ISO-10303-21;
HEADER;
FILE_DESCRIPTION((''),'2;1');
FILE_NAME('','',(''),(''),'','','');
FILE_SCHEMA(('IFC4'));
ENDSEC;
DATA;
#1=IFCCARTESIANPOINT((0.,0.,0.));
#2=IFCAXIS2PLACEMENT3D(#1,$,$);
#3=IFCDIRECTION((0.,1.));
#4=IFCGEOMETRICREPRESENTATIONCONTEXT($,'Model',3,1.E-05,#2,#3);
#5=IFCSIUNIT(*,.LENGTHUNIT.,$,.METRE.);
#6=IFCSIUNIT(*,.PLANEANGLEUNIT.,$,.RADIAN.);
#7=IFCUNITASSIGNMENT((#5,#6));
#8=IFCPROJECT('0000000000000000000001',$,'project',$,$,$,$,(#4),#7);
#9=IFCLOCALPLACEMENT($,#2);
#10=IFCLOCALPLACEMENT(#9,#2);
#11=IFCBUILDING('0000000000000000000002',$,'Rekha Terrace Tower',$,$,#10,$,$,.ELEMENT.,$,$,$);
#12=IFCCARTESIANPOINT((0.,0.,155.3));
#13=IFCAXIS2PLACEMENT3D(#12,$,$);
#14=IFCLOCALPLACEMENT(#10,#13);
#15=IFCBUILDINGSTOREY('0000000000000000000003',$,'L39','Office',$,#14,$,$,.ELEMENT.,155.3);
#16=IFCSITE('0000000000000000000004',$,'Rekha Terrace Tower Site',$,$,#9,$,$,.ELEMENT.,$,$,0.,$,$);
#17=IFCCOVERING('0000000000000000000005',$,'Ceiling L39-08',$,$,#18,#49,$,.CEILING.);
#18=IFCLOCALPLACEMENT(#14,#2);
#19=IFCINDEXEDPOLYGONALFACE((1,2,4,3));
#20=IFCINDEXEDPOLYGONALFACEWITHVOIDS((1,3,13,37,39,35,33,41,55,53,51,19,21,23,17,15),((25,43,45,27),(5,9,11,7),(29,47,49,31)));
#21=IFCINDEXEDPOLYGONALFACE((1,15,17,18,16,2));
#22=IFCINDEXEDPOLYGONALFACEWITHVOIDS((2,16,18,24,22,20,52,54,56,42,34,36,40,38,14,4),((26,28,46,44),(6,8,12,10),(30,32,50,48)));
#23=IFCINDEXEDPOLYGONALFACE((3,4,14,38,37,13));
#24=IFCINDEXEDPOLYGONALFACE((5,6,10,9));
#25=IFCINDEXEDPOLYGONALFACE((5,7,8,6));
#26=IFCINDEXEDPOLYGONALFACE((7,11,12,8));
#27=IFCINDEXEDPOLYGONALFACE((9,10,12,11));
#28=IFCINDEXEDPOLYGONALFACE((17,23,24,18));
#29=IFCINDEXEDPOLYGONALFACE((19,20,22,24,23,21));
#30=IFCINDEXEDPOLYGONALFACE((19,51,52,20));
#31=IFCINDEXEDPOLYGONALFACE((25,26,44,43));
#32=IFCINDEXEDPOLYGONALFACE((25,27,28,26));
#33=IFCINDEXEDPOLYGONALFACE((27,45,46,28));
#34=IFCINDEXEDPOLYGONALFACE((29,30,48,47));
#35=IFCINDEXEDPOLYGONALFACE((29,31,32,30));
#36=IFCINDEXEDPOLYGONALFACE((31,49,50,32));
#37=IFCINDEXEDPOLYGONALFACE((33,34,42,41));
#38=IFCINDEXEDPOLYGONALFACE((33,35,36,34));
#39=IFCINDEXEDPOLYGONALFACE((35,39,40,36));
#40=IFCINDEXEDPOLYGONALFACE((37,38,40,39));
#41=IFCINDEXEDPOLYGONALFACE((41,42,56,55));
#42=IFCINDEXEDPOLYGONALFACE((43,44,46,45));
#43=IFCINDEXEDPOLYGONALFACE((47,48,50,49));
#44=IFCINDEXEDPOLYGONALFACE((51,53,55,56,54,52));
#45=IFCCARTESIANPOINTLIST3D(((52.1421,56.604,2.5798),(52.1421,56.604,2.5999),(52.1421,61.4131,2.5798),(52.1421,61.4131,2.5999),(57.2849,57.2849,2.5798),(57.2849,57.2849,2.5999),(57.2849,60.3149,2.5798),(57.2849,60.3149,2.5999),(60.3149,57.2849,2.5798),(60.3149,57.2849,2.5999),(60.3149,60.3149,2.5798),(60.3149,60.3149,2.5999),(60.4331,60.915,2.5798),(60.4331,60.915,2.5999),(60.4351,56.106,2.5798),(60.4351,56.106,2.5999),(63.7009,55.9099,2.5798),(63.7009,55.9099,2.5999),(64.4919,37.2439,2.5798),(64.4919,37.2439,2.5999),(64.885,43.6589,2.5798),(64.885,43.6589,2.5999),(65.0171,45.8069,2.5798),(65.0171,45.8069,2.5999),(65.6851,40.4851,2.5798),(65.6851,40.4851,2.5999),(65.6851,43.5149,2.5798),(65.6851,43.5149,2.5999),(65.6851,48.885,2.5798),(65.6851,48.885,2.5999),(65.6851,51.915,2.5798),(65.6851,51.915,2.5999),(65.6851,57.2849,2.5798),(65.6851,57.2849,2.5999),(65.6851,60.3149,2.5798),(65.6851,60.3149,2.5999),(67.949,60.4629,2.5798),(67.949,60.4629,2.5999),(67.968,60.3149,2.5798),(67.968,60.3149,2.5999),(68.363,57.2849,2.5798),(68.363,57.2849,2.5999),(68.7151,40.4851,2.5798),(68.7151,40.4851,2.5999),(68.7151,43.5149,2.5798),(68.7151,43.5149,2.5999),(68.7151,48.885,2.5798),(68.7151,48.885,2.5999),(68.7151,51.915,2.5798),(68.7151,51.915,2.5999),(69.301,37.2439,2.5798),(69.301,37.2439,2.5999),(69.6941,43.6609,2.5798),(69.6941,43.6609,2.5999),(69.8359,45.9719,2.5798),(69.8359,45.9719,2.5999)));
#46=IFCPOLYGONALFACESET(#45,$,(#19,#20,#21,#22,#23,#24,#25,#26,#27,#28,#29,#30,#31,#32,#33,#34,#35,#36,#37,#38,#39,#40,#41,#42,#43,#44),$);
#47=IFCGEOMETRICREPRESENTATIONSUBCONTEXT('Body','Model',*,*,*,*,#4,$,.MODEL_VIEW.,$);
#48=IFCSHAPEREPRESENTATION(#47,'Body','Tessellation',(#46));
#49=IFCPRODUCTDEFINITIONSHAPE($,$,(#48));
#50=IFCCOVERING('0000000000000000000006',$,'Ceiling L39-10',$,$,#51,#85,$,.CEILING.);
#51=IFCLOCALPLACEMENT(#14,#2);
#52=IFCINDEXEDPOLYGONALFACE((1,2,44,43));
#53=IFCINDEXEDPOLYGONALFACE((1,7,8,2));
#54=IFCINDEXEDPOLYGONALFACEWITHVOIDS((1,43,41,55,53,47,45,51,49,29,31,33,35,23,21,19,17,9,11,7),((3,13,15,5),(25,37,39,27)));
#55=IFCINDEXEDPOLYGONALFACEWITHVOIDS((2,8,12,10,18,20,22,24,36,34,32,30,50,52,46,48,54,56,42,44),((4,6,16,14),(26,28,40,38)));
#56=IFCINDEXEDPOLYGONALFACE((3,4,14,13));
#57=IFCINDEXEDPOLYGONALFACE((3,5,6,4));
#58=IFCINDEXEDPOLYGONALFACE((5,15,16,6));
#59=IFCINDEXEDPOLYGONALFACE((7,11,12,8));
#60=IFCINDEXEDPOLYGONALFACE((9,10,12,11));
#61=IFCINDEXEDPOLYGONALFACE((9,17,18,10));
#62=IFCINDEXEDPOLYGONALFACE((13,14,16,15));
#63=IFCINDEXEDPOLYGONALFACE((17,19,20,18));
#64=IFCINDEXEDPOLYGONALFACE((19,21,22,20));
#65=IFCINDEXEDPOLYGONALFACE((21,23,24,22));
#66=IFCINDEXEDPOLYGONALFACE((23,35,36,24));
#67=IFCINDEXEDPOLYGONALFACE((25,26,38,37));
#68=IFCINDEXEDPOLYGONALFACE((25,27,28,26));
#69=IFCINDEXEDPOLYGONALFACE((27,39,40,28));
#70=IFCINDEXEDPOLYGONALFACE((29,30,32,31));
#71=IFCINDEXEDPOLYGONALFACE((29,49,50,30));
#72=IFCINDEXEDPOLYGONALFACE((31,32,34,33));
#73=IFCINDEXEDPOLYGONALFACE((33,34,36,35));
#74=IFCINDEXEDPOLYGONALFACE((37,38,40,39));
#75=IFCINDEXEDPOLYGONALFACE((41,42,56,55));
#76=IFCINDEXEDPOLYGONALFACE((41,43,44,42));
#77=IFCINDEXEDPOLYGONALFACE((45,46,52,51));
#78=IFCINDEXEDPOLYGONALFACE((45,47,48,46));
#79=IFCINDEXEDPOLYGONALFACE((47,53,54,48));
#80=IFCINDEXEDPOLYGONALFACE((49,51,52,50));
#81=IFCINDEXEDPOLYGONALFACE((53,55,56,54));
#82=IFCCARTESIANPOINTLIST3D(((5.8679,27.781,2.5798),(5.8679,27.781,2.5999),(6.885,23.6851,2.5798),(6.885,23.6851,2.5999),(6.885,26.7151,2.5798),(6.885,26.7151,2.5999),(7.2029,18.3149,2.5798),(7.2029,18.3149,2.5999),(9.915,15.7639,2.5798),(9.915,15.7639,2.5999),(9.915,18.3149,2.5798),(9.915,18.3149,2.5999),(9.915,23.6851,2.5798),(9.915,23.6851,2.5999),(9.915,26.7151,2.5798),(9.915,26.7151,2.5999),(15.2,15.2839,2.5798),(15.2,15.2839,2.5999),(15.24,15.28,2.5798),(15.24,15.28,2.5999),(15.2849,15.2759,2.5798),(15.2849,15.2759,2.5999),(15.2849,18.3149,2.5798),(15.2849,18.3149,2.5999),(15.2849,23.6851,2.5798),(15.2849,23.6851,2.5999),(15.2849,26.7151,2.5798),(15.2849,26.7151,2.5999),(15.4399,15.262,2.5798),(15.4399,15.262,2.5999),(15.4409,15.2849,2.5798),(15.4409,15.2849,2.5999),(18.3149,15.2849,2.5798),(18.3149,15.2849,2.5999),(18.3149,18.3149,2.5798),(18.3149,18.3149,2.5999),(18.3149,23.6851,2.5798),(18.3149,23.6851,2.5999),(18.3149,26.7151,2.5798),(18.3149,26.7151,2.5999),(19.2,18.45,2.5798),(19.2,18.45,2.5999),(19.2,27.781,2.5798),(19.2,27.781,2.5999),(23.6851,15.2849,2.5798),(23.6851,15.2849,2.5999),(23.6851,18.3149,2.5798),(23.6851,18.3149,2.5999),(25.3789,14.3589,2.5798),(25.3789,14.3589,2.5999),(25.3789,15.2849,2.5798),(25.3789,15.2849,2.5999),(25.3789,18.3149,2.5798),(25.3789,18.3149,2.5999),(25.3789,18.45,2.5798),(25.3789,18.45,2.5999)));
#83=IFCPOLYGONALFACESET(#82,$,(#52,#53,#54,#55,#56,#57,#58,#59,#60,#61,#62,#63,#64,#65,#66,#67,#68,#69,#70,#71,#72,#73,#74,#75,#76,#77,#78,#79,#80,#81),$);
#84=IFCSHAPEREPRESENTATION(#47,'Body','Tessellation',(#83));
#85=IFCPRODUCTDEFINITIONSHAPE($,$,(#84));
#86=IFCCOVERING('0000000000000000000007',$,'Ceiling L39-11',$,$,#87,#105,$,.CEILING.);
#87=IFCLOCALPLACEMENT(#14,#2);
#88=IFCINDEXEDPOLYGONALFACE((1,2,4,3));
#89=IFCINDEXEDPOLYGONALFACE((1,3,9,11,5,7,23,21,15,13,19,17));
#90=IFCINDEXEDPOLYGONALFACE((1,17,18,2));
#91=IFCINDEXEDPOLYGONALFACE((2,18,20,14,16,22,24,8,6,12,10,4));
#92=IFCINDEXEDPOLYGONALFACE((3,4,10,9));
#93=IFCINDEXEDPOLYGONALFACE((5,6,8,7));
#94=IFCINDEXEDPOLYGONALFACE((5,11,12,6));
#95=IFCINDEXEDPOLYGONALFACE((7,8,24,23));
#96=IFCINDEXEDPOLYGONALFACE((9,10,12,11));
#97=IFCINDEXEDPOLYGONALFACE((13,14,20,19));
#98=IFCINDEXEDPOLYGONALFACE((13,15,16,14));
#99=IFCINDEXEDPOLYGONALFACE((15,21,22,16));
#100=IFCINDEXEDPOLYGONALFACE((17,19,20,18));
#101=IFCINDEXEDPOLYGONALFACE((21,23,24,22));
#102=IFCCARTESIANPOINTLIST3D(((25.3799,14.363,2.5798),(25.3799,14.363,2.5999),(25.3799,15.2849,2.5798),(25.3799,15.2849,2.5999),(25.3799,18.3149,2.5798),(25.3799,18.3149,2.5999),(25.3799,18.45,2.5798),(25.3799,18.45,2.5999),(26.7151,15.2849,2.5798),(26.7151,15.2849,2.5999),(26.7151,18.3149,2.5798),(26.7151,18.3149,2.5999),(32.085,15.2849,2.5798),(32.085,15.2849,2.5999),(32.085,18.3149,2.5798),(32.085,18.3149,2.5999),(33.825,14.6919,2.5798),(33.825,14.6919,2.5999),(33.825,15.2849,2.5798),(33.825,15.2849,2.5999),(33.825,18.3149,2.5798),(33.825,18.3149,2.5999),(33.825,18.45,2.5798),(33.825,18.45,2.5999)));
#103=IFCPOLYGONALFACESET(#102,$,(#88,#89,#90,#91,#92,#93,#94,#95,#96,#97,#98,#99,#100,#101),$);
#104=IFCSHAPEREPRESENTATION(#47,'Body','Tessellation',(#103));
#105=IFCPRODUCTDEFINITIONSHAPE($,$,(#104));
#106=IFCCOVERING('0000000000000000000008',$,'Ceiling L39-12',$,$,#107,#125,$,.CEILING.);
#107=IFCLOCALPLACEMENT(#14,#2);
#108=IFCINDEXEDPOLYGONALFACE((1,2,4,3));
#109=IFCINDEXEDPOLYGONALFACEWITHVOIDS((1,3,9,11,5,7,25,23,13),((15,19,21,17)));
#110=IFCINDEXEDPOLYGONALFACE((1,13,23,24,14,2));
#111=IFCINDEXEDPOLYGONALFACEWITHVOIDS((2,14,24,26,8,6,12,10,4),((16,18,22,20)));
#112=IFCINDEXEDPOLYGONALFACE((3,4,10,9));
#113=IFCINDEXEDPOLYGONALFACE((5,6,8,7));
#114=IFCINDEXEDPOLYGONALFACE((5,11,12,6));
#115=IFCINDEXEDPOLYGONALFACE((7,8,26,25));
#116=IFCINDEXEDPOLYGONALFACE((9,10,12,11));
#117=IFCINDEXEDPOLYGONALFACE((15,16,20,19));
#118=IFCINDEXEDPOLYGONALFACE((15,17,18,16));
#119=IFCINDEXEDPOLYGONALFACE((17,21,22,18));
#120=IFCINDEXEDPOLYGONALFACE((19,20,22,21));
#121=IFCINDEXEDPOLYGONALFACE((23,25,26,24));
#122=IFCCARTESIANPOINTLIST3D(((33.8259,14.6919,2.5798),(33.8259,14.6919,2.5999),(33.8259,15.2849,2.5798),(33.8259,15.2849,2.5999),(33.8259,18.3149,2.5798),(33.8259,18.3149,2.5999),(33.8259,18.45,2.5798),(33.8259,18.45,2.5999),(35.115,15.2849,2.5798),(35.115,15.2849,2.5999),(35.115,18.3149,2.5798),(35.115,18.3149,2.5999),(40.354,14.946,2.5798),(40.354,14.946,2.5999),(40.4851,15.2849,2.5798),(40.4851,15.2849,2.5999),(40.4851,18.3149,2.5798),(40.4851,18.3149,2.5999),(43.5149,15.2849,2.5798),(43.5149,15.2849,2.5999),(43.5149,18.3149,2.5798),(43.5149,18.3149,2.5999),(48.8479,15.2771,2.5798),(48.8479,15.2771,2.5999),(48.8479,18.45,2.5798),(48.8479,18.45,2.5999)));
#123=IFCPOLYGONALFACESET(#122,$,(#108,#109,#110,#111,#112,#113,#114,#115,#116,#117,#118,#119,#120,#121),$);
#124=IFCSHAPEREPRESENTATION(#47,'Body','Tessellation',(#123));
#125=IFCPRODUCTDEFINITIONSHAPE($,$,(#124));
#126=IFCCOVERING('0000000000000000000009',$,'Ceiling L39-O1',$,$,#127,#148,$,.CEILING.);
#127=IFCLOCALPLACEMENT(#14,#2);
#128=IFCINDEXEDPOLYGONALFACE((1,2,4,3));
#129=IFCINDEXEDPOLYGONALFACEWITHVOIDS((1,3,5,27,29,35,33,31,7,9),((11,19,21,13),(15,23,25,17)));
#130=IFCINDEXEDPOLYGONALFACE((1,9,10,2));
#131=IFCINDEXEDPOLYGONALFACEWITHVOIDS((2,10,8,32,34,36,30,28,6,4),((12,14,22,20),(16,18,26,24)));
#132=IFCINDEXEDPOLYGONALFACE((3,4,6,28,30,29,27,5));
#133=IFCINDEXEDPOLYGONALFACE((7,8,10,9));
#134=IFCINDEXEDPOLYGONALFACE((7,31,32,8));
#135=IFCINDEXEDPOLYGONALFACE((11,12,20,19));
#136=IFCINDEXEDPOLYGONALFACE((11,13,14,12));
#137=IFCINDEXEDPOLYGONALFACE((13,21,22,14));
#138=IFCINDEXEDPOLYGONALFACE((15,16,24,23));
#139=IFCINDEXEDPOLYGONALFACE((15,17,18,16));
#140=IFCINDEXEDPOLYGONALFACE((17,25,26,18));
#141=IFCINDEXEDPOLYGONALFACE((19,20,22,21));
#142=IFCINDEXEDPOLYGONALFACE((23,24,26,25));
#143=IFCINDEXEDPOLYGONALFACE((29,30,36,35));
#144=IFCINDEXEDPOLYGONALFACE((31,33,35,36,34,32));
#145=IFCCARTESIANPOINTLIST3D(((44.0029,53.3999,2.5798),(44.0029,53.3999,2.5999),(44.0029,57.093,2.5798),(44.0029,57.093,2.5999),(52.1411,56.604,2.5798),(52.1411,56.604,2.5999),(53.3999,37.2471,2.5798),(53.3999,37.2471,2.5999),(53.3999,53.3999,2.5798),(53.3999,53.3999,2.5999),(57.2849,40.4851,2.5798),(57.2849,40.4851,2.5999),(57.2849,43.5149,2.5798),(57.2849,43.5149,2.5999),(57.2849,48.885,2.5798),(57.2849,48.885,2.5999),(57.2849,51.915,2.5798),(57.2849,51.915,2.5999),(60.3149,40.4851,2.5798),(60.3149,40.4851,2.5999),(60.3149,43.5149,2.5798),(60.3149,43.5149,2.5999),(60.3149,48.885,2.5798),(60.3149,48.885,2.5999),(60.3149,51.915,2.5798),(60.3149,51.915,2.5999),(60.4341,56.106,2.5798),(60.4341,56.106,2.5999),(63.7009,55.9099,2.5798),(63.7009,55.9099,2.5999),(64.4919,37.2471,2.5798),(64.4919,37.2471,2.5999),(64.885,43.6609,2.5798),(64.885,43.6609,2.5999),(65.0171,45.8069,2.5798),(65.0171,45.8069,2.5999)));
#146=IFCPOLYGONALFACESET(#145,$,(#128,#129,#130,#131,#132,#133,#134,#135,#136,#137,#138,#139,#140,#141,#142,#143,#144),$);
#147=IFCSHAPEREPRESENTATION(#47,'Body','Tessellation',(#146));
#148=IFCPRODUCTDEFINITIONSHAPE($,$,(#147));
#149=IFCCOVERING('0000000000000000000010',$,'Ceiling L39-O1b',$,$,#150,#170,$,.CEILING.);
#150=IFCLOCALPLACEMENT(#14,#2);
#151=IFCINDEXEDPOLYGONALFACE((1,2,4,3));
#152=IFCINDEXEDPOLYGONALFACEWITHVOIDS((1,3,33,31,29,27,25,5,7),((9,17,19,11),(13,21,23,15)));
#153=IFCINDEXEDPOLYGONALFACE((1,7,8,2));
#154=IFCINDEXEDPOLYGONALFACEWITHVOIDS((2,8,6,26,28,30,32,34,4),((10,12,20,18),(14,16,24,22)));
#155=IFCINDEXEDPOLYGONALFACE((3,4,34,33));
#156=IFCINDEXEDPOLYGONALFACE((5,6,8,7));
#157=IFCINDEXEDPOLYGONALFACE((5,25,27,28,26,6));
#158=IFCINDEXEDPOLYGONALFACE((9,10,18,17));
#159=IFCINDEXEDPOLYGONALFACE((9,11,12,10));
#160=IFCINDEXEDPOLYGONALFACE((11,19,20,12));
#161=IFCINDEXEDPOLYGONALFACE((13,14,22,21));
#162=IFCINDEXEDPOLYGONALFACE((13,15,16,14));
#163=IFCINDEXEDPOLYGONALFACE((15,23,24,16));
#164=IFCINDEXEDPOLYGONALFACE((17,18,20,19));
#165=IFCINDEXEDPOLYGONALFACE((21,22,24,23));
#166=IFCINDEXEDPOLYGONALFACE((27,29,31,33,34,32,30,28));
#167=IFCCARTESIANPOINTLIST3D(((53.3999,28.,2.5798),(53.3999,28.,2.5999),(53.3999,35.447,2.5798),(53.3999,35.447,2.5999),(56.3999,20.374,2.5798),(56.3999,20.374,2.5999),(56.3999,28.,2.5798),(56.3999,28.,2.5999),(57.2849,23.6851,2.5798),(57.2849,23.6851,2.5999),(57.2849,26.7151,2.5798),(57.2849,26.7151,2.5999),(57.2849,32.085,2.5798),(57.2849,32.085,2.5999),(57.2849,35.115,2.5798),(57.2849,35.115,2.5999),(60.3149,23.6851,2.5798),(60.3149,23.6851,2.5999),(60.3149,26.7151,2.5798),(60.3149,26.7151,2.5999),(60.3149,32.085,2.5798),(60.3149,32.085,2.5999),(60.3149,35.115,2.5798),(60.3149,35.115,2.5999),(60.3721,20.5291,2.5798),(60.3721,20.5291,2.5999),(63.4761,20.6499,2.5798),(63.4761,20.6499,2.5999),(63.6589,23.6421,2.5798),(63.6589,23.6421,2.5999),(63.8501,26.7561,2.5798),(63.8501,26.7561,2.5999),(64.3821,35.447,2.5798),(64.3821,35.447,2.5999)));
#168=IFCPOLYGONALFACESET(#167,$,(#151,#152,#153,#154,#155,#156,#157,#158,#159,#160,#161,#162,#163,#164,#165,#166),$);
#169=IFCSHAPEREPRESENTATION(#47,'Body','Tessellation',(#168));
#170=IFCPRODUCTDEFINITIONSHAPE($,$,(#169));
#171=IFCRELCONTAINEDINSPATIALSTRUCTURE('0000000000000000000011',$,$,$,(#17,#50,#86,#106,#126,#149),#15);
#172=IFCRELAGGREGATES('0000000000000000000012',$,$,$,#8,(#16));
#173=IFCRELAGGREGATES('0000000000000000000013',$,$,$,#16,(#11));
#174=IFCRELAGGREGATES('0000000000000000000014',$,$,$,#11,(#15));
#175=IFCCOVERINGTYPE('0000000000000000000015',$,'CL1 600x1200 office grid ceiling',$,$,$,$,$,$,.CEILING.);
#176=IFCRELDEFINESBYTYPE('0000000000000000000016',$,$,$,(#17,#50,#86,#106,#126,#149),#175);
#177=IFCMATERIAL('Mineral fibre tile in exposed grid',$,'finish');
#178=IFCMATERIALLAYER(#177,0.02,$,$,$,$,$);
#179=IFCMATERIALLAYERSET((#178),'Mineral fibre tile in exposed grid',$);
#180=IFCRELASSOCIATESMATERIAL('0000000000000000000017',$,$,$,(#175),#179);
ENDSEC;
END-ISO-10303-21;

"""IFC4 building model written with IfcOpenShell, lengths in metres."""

from ifc_helpers import new_model, si_unit, direction, frame, origin, place, context, subcontext, project, spatial, polyline, outline, extrude, material, layer, layer_set, type_object, element, save


model = new_model("IFC4")

# Units and contexts
model_context = context("Model", 3, precision=1e-05, world=origin(), true_north=direction((0.0, 1.0)))
body_context = subcontext(model_context, "Body", "Model", "MODEL_VIEW")
ifc_project = project(units=[si_unit("LENGTHUNIT", "METRE"), si_unit("PLANEANGLEUNIT", "RADIAN")], contexts=[model_context])

# Site, building, storey
site_placement = place(None, origin())
site = spatial("IfcSite", under=ifc_project, at=site_placement, Name="Rekha Terrace Tower Site", CompositionType="ELEMENT", RefElevation=0.0)
building_placement = place(site_placement, origin())
building = spatial("IfcBuilding", under=site, at=building_placement, Name="Rekha Terrace Tower", CompositionType="ELEMENT")
storey_placement = place(building_placement, frame((0.0, 0.0, 155.3)))
storey = spatial("IfcBuildingStorey", under=building, at=storey_placement, Name="L39", Description="Office", CompositionType="ELEMENT", Elevation=155.3)

# Coverings
ifc_material_1 = material(Name="Mineral fibre tile in exposed grid", Category="finish")
ifc_layer_1 = layer(ifc_material_1, 0.02)
ifc_layer_set_1 = layer_set([ifc_layer_1], Name="Mineral fibre tile in exposed grid")
covering_type_1 = type_object("IfcCoveringType", Name="CL1 600x1200 office grid ceiling", PredefinedType="CEILING", material=ifc_layer_set_1)
covering_1_placement = place(storey_placement, frame((0.0, 0.0, 2.5798)))
element("IfcCovering", 1, at=covering_1_placement, inside=storey, type_object=covering_type_1, Name="Ceiling L39-08", PredefinedType="CEILING", context=body_context, shape_type="SweptSolid", body=[
    extrude(outline(polyline([(67.949, 60.4629), (60.4331, 60.915), (52.1421, 61.4131), (52.1421, 56.604), (60.4351, 56.106), (63.7009, 55.9099), (65.0171, 45.8069), (64.885, 43.6589), (64.4919, 37.2439), (69.301, 37.2439), (69.6941, 43.6609), (69.8359, 45.9719), (68.363, 57.2849), (65.6851, 57.2849), (65.6851, 60.3149), (67.968, 60.3149), (67.949, 60.4629)]), holes=[polyline([(68.7151, 40.4851), (65.6851, 40.4851), (65.6851, 43.5149), (68.7151, 43.5149), (68.7151, 40.4851)]), polyline([(68.7151, 48.885), (65.6851, 48.885), (65.6851, 51.915), (68.7151, 51.915), (68.7151, 48.885)]), polyline([(60.3149, 57.2849), (57.2849, 57.2849), (57.2849, 60.3149), (60.3149, 60.3149), (60.3149, 57.2849)])]), origin(), (0.0, 0.0, 1.0), 0.02),
])
covering_2_placement = place(storey_placement, frame((0.0, 0.0, 2.5798)))
element("IfcCovering", 2, at=covering_2_placement, inside=storey, type_object=covering_type_1, Name="Ceiling L39-10", PredefinedType="CEILING", context=body_context, shape_type="SweptSolid", body=[
    extrude(outline(polyline([(15.24, 15.28), (15.2849, 15.2759), (15.2849, 18.3149), (18.3149, 18.3149), (18.3149, 15.2849), (15.4409, 15.2849), (15.4399, 15.262), (25.3789, 14.3589), (25.3789, 15.2849), (23.6851, 15.2849), (23.6851, 18.3149), (25.3789, 18.3149), (25.3789, 18.45), (19.2, 18.45), (19.2, 27.781), (5.8679, 27.781), (7.2029, 18.3149), (9.915, 18.3149), (9.915, 15.7639), (15.2, 15.2839), (15.24, 15.28)]), holes=[polyline([(18.3149, 26.7151), (18.3149, 23.6851), (15.2849, 23.6851), (15.2849, 26.7151), (18.3149, 26.7151)]), polyline([(9.915, 23.6851), (6.885, 23.6851), (6.885, 26.7151), (9.915, 26.7151), (9.915, 23.6851)])]), origin(), (0.0, 0.0, 1.0), 0.02),
])
covering_3_placement = place(storey_placement, frame((0.0, 0.0, 2.5798)))
element("IfcCovering", 3, at=covering_3_placement, inside=storey, type_object=covering_type_1, Name="Ceiling L39-11", PredefinedType="CEILING", context=body_context, shape_type="SweptSolid", body=[
    extrude(outline(polyline([(25.3799, 15.2849), (25.3799, 14.363), (33.825, 14.6919), (33.825, 15.2849), (32.085, 15.2849), (32.085, 18.3149), (33.825, 18.3149), (33.825, 18.45), (25.3799, 18.45), (25.3799, 18.3149), (26.7151, 18.3149), (26.7151, 15.2849), (25.3799, 15.2849)])), origin(), (0.0, 0.0, 1.0), 0.02),
])
covering_4_placement = place(storey_placement, frame((0.0, 0.0, 2.5798)))
element("IfcCovering", 4, at=covering_4_placement, inside=storey, type_object=covering_type_1, Name="Ceiling L39-12", PredefinedType="CEILING", context=body_context, shape_type="SweptSolid", body=[
    extrude(outline(polyline([(33.8259, 14.6919), (40.354, 14.946), (48.8479, 15.2771), (48.8479, 18.45), (33.8259, 18.45), (33.8259, 18.3149), (35.115, 18.3149), (35.115, 15.2849), (33.8259, 15.2849), (33.8259, 14.6919)]), holes=[polyline([(43.5149, 18.3149), (43.5149, 15.2849), (40.4851, 15.2849), (40.4851, 18.3149), (43.5149, 18.3149)])]), origin(), (0.0, 0.0, 1.0), 0.02),
])
covering_5_placement = place(storey_placement, frame((0.0, 0.0, 2.5798)))
element("IfcCovering", 5, at=covering_5_placement, inside=storey, type_object=covering_type_1, Name="Ceiling L39-O1", PredefinedType="CEILING", context=body_context, shape_type="SweptSolid", body=[
    extrude(outline(polyline([(52.1411, 56.604), (44.0029, 57.093), (44.0029, 53.3999), (53.3999, 53.3999), (53.3999, 37.2471), (64.4919, 37.2471), (64.885, 43.6609), (65.0171, 45.8069), (63.7009, 55.9099), (60.4341, 56.106), (52.1411, 56.604)]), holes=[polyline([(60.3149, 40.4851), (57.2849, 40.4851), (57.2849, 43.5149), (60.3149, 43.5149), (60.3149, 40.4851)]), polyline([(60.3149, 48.885), (57.2849, 48.885), (57.2849, 51.915), (60.3149, 51.915), (60.3149, 48.885)])]), origin(), (0.0, 0.0, 1.0), 0.02),
])
covering_6_placement = place(storey_placement, frame((0.0, 0.0, 2.5798)))
element("IfcCovering", 6, at=covering_6_placement, inside=storey, type_object=covering_type_1, Name="Ceiling L39-O1b", PredefinedType="CEILING", context=body_context, shape_type="SweptSolid", body=[
    extrude(outline(polyline([(56.3999, 28.0), (56.3999, 20.374), (60.3721, 20.5291), (63.4761, 20.6499), (63.6589, 23.6421), (63.8501, 26.7561), (64.3821, 35.447), (53.3999, 35.447), (53.3999, 28.0), (56.3999, 28.0)]), holes=[polyline([(60.3149, 26.7151), (60.3149, 23.6851), (57.2849, 23.6851), (57.2849, 26.7151), (60.3149, 26.7151)]), polyline([(60.3149, 32.085), (57.2849, 32.085), (57.2849, 35.115), (60.3149, 35.115), (60.3149, 32.085)])]), origin(), (0.0, 0.0, 1.0), 0.02),
])

save(model, "model.ifc")
